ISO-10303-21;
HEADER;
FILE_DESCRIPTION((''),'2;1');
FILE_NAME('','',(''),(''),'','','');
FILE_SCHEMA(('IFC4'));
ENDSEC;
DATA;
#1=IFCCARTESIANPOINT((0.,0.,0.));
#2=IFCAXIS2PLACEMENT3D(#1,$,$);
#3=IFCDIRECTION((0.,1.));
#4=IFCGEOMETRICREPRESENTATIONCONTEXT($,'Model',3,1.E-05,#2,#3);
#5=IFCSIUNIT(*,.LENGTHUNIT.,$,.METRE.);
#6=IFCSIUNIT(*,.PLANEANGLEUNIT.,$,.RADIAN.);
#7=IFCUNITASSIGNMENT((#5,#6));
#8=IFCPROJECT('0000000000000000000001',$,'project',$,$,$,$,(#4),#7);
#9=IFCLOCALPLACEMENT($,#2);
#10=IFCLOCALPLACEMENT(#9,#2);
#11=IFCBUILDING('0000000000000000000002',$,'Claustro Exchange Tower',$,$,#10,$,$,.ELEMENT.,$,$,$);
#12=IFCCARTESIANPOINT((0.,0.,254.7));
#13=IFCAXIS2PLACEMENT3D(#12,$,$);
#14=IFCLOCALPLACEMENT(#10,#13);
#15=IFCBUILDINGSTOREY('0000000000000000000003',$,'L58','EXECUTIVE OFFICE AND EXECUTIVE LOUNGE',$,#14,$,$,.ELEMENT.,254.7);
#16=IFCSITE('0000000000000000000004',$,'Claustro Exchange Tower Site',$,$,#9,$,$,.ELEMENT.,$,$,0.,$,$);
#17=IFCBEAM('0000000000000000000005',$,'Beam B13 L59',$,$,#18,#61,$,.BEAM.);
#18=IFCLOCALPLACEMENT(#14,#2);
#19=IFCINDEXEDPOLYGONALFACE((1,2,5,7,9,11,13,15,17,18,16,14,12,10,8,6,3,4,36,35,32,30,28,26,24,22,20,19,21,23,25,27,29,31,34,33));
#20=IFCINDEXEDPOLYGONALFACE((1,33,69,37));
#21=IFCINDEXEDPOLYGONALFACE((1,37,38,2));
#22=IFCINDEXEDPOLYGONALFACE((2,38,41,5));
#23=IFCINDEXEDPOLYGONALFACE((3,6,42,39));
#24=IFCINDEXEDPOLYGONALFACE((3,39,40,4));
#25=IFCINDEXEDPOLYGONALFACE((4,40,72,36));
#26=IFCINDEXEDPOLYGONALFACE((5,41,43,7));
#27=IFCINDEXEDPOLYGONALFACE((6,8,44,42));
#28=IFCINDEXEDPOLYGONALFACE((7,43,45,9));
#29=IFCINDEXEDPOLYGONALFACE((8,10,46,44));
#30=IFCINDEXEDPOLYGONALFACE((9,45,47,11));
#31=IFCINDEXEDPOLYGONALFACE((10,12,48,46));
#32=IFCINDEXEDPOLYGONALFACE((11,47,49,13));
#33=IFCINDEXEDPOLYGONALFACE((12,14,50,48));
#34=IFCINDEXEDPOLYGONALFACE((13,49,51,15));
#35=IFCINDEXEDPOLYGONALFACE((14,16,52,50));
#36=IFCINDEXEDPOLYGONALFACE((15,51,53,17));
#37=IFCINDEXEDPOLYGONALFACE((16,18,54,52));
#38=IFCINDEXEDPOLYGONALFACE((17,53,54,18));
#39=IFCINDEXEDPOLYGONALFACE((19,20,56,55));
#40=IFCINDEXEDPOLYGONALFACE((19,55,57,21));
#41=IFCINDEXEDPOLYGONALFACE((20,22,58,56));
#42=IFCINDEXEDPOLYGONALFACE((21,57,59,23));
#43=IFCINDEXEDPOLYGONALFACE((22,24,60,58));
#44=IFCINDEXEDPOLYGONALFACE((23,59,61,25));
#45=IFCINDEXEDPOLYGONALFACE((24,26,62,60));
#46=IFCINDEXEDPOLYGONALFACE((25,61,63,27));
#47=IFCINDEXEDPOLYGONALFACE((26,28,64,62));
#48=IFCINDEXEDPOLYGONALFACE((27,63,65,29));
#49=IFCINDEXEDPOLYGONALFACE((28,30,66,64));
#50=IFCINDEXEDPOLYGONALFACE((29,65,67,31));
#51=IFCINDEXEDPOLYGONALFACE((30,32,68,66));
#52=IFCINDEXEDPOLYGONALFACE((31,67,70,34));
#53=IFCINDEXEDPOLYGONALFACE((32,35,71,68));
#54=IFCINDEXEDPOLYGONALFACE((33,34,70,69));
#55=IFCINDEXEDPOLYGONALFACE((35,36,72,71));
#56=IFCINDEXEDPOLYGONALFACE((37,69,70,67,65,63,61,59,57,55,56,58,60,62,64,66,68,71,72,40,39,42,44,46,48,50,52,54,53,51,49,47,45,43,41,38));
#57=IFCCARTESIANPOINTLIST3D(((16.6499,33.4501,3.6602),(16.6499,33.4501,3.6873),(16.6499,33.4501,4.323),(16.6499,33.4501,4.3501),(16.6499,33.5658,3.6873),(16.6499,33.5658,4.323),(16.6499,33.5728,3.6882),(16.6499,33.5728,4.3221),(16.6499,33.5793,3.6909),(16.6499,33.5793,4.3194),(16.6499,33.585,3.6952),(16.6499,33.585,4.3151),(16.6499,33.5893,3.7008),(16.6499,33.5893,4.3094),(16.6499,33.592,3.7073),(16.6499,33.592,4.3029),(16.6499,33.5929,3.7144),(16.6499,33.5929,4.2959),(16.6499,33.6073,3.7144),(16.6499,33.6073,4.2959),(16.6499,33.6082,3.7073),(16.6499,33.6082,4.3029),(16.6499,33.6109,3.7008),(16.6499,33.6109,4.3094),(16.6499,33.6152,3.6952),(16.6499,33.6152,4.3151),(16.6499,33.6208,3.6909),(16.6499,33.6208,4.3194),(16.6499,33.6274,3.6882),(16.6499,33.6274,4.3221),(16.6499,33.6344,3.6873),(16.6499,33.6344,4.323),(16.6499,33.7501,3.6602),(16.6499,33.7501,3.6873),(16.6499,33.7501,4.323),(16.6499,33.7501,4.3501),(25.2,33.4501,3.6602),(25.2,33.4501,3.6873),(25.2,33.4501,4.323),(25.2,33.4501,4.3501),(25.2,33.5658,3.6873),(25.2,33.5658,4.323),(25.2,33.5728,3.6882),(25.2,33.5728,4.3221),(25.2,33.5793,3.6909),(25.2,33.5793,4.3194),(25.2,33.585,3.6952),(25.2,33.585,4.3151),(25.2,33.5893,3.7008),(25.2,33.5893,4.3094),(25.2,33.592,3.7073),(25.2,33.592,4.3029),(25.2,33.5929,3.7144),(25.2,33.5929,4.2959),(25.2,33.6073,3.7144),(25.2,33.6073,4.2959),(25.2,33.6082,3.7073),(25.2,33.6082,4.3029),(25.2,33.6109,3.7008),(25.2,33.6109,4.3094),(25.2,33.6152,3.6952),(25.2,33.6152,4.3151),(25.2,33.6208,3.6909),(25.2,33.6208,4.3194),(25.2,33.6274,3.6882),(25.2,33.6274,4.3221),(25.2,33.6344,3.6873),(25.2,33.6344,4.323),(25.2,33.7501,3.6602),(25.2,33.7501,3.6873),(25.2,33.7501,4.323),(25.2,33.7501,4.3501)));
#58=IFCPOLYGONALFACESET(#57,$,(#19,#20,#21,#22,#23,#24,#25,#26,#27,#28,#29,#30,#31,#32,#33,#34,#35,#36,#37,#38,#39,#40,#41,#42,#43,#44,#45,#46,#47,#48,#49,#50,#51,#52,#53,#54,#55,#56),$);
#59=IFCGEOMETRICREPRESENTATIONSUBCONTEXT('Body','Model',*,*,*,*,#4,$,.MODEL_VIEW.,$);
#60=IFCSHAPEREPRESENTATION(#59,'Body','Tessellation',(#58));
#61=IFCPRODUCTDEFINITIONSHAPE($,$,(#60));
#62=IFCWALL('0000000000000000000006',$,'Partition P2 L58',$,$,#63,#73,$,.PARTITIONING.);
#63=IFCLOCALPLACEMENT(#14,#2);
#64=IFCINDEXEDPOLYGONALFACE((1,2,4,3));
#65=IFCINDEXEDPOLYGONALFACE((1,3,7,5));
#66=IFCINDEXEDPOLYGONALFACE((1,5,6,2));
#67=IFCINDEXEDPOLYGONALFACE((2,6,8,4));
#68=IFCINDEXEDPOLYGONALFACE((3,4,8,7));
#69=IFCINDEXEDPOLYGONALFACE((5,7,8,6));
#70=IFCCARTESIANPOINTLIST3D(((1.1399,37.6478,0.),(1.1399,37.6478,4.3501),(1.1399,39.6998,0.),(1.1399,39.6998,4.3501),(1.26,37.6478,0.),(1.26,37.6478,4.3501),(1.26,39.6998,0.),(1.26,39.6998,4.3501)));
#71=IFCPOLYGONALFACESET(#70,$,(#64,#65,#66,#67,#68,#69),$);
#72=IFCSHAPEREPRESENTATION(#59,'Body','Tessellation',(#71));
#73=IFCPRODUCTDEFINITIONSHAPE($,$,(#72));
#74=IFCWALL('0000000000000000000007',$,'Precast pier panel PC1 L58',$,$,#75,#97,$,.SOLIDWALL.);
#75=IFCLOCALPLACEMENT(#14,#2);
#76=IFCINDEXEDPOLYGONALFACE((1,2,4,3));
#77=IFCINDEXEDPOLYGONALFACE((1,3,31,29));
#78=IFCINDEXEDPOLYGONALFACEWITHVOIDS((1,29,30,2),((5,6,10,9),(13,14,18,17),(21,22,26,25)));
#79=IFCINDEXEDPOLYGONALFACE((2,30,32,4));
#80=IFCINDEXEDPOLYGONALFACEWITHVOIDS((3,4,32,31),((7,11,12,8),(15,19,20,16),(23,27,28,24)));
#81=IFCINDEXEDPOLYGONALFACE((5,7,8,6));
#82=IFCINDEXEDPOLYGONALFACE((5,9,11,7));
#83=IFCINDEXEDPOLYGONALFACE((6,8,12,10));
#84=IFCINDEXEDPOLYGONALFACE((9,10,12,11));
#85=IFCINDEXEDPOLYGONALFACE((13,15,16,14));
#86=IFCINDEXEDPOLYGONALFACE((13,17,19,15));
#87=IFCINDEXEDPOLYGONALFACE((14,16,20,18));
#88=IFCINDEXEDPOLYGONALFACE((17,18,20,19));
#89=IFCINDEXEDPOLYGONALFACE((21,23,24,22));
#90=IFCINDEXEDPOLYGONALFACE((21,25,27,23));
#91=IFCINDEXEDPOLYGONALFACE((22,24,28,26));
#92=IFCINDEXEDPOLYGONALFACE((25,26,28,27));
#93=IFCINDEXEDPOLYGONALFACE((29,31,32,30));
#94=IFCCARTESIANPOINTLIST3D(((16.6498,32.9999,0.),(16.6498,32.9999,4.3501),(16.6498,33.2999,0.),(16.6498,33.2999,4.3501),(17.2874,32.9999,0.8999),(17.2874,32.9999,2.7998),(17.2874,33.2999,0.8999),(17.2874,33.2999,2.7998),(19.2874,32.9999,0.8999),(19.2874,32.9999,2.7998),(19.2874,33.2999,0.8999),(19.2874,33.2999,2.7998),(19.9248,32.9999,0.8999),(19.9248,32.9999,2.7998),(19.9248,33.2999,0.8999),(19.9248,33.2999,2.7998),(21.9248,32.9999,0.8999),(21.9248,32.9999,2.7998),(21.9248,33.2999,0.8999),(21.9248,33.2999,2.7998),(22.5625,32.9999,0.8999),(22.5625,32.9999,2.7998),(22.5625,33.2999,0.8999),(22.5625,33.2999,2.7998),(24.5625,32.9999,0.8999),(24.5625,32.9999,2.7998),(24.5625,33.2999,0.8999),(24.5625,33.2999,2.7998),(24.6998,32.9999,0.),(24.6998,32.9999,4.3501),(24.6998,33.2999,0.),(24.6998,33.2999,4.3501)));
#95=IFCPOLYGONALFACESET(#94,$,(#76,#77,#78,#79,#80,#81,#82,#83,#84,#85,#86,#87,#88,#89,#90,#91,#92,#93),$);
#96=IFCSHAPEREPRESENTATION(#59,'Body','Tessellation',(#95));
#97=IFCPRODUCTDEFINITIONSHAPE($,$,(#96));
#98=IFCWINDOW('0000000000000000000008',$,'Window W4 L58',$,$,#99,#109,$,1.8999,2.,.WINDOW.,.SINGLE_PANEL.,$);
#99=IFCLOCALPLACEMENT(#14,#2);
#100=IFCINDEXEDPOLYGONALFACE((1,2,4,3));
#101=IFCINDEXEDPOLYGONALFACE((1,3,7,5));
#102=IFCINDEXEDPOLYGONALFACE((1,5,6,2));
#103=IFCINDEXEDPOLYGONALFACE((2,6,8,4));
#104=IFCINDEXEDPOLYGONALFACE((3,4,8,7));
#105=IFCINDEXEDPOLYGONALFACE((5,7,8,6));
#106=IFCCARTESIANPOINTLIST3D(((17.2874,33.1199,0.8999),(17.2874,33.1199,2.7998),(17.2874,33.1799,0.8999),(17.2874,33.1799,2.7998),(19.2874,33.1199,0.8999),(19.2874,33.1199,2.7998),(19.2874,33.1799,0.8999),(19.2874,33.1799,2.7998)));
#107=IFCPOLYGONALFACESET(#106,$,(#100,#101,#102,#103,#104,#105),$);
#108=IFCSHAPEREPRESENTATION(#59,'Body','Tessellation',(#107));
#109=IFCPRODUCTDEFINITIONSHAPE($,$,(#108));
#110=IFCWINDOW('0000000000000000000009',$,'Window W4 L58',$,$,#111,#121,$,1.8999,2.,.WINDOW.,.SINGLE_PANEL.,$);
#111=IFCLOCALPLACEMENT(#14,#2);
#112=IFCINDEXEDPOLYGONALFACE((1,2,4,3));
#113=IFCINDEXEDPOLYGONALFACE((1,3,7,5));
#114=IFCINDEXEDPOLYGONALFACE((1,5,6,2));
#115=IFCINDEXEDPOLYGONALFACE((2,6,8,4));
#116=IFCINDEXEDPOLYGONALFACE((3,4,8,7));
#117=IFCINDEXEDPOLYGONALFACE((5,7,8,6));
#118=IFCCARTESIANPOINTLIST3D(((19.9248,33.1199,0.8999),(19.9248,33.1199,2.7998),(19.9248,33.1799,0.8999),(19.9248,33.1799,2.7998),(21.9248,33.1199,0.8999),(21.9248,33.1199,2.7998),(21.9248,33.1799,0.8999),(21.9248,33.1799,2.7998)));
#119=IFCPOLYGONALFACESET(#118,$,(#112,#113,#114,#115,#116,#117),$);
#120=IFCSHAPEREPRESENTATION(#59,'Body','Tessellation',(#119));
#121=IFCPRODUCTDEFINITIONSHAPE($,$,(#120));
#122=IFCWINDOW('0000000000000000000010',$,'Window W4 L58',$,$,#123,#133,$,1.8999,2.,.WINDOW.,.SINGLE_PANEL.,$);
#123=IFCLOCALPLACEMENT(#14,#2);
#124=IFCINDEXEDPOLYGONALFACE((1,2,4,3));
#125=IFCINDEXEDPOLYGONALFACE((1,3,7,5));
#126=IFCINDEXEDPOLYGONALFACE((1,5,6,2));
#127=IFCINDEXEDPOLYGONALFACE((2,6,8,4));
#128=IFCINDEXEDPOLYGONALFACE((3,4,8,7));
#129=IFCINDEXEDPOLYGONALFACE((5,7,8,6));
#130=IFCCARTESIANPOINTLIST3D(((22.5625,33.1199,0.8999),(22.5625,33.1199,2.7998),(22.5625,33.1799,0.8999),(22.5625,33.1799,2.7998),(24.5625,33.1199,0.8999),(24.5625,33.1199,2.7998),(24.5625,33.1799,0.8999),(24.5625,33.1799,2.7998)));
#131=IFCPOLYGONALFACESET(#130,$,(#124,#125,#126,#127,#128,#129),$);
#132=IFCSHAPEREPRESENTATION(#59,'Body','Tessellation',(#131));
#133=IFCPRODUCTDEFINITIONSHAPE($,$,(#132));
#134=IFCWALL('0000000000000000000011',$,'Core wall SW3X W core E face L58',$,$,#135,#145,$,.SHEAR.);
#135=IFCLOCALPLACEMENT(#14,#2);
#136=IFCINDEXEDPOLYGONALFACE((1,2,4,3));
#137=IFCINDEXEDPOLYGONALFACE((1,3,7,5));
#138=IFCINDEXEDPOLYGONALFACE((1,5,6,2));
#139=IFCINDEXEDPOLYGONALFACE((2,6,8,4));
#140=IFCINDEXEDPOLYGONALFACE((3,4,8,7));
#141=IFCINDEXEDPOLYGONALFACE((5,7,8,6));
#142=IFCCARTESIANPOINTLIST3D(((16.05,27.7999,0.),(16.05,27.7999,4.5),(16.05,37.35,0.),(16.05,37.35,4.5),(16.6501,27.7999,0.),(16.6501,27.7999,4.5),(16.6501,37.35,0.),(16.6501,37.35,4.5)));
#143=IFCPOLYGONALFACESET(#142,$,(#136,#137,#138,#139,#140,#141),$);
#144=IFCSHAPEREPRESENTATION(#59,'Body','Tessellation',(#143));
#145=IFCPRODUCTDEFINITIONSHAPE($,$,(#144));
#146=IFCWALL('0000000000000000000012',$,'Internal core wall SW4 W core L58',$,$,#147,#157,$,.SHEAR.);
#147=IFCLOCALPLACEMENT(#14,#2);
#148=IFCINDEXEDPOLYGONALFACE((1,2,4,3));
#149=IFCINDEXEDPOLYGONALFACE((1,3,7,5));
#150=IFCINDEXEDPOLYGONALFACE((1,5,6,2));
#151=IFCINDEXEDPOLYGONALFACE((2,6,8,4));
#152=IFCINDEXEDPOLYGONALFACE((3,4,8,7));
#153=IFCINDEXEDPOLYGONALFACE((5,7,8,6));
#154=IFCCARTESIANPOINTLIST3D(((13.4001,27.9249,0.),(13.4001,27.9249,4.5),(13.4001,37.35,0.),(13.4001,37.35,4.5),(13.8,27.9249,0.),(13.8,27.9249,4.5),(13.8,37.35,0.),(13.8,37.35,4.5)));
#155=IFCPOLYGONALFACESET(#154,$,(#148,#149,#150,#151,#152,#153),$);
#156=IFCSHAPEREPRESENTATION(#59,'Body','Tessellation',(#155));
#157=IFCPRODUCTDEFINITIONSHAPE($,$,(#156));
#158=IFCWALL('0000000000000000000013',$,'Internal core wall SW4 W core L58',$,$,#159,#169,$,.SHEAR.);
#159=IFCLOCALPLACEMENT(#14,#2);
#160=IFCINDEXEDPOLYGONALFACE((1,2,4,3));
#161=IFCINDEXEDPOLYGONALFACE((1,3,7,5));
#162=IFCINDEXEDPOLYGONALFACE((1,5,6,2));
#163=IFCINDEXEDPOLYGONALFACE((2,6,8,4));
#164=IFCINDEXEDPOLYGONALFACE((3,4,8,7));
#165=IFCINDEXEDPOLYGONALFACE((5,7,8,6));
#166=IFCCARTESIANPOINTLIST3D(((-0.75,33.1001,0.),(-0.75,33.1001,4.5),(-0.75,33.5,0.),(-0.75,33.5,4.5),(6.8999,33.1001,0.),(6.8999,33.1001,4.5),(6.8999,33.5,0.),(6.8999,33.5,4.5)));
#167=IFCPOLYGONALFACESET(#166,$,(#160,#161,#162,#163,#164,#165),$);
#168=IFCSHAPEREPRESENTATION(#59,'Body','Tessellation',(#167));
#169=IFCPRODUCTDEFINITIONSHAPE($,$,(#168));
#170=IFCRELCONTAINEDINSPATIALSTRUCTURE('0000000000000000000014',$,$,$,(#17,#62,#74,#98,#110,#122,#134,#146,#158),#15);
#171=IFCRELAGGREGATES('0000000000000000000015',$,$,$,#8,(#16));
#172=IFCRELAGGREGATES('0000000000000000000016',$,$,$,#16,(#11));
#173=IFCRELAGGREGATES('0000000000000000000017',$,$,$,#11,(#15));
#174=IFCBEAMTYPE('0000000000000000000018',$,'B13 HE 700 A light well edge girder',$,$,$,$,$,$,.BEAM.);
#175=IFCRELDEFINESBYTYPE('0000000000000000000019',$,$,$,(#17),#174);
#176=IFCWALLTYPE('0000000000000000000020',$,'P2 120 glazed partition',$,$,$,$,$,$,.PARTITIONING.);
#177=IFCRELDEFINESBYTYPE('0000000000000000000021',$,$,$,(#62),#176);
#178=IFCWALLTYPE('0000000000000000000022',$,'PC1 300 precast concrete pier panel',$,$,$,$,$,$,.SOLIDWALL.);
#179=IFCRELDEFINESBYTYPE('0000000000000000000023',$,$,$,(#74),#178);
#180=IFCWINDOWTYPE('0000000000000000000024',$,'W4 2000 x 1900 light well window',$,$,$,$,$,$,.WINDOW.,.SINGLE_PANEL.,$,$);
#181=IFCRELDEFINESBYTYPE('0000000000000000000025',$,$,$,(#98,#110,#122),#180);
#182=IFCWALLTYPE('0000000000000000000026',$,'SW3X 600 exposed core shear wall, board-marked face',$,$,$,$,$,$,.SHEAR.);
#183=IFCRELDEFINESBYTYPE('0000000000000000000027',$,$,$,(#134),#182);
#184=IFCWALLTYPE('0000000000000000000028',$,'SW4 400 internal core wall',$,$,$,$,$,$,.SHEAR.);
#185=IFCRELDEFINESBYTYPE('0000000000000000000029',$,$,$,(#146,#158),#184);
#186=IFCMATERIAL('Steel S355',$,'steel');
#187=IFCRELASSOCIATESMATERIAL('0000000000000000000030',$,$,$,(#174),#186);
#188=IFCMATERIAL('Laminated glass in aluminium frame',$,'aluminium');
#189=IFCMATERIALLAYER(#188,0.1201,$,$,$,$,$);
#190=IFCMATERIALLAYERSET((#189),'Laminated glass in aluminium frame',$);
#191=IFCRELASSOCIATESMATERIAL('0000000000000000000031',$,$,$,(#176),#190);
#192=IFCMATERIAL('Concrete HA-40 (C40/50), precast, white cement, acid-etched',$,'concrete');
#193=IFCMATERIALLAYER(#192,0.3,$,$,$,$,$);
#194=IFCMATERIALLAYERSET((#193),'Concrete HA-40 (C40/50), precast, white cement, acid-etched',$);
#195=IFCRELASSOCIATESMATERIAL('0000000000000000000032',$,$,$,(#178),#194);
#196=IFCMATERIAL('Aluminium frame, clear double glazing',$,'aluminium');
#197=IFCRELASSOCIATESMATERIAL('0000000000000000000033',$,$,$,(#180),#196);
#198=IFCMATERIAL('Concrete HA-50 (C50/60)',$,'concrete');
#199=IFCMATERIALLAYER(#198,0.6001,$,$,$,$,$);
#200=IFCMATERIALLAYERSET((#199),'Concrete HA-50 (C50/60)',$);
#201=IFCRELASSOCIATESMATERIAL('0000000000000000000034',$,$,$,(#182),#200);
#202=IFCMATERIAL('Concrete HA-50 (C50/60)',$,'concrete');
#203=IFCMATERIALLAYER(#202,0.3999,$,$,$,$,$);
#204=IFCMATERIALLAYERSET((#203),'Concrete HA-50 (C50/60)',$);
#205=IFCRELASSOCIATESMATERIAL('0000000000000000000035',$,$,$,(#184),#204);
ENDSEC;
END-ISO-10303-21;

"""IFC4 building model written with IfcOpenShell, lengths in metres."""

from ifc_helpers import new_model, si_unit, direction, frame, frame_2d, origin, origin_2d, place, context, subcontext, project, spatial, rectangle, i_section, extrude, material, layer, layer_set, material_profile, profile_set, type_object, element, fill, save


model = new_model("IFC4")

# Units and contexts
model_context = context("Model", 3, precision=1e-05, world=origin(), true_north=direction((0.0, 1.0)))
body_context = subcontext(model_context, "Body", "Model", "MODEL_VIEW")
ifc_project = project(units=[si_unit("LENGTHUNIT", "METRE"), si_unit("PLANEANGLEUNIT", "RADIAN")], contexts=[model_context])

# Site, building, storey
site_placement = place(None, origin())
site = spatial("IfcSite", under=ifc_project, at=site_placement, Name="Claustro Exchange Tower Site", CompositionType="ELEMENT", RefElevation=0.0)
building_placement = place(site_placement, origin())
building = spatial("IfcBuilding", under=site, at=building_placement, Name="Claustro Exchange Tower", CompositionType="ELEMENT")
storey_placement = place(building_placement, frame((0.0, 0.0, 254.7)))
storey = spatial("IfcBuildingStorey", under=building, at=storey_placement, Name="L58", Description="EXECUTIVE OFFICE AND EXECUTIVE LOUNGE", CompositionType="ELEMENT", Elevation=254.7)

# Beam
ifc_material_1 = material(Name="Steel S355", Category="steel")
ifc_material_profile = material_profile(ifc_material_1, i_section(OverallWidth=0.3, OverallDepth=0.6899, WebThickness=0.0144, FlangeThickness=0.0271, FilletRadius=0.0271, at=origin_2d()), Name="HE 700 A")
ifc_profile_set = profile_set([ifc_material_profile], Name="Steel S355")
beam_type = type_object("IfcBeamType", Name="B13 HE 700 A light well edge girder", PredefinedType="BEAM", material=ifc_profile_set)
beam_placement = place(storey_placement, frame((16.6499, 33.6001, 4.0051), z_axis=(1.0, 0.0, 0.0), x_axis=(0.0, 1.0, 0.0)))
element("IfcBeam", 1, at=beam_placement, inside=storey, type_object=beam_type, Name="Beam B13 L59", PredefinedType="BEAM", context=body_context, shape_type="SweptSolid", body=[
    extrude(i_section(OverallWidth=0.3, OverallDepth=0.6899, WebThickness=0.0144, FlangeThickness=0.0271, FilletRadius=0.0271, at=origin_2d()), origin(), (0.0, 0.0, 1.0), 8.55),
])

# Wall
ifc_material_2 = material(Name="Laminated glass in aluminium frame", Category="aluminium")
ifc_layer_1 = layer(ifc_material_2, 0.1201)
ifc_layer_set_1 = layer_set([ifc_layer_1], Name="Laminated glass in aluminium frame")
wall_type_1 = type_object("IfcWallType", Name="P2 120 glazed partition", PredefinedType="PARTITIONING", material=ifc_layer_set_1)
wall_1_placement = place(storey_placement, frame((1.2, 37.6479, 0.0), z_axis=(0.0, 0.0, 1.0), x_axis=(0.0, 1.0, 0.0)))
element("IfcWall", 2, at=wall_1_placement, inside=storey, type_object=wall_type_1, Name="Partition P2 L58", PredefinedType="PARTITIONING", context=body_context, shape_type="SweptSolid", body=[
    extrude(rectangle(XDim=2.052, YDim=0.1201, at=frame_2d((1.0259, 0.0))), origin(), (0.0, 0.0, 1.0), 4.3501),
])

# Wall, openings, windows
ifc_material_3 = material(Name="Concrete HA-40 (C40/50), precast, white cement, acid-etched", Category="concrete")
ifc_layer_2 = layer(ifc_material_3, 0.3)
ifc_layer_set_2 = layer_set([ifc_layer_2], Name="Concrete HA-40 (C40/50), precast, white cement, acid-etched")
wall_type_2 = type_object("IfcWallType", Name="PC1 300 precast concrete pier panel", PredefinedType="SOLIDWALL", material=ifc_layer_set_2)
wall_2_placement = place(storey_placement, frame((16.6499, 33.1499, 0.0), z_axis=(0.0, 0.0, 1.0), x_axis=(1.0, 0.0, 0.0)))
wall_2 = element("IfcWall", 3, at=wall_2_placement, inside=storey, type_object=wall_type_2, Name="Precast pier panel PC1 L58", PredefinedType="SOLIDWALL", context=body_context, shape_type="SweptSolid", body=[
    extrude(rectangle(XDim=8.05, YDim=0.3, at=frame_2d((4.0249, 0.0))), origin(), (0.0, 0.0, 1.0), 4.3501),
])
opening_1_placement = place(wall_2_placement, frame((0.6375, 0.0, 0.8999)))
opening_1 = element("IfcOpeningElement", 4, at=opening_1_placement, cuts=wall_2, PredefinedType="OPENING", context=body_context, shape_type="SweptSolid", body=[
    extrude(rectangle(XDim=2.0, YDim=1.8999, at=frame_2d((1.0, 0.95))), frame((0.0, 0.1599, 0.0), z_axis=(0.0, -1.0, 0.0), x_axis=(1.0, 0.0, 0.0)), (0.0, 0.0, 1.0), 0.3201),
])
opening_2_placement = place(wall_2_placement, frame((3.2749, 0.0, 0.8999)))
opening_2 = element("IfcOpeningElement", 5, at=opening_2_placement, cuts=wall_2, PredefinedType="OPENING", context=body_context, shape_type="SweptSolid", body=[
    extrude(rectangle(XDim=2.0, YDim=1.8999, at=frame_2d((1.0, 0.95))), frame((0.0, 0.1599, 0.0), z_axis=(0.0, -1.0, 0.0), x_axis=(1.0, 0.0, 0.0)), (0.0, 0.0, 1.0), 0.3201),
])
opening_3_placement = place(wall_2_placement, frame((5.9126, 0.0, 0.8999)))
opening_3 = element("IfcOpeningElement", 6, at=opening_3_placement, cuts=wall_2, PredefinedType="OPENING", context=body_context, shape_type="SweptSolid", body=[
    extrude(rectangle(XDim=2.0, YDim=1.8999, at=frame_2d((1.0, 0.95))), frame((0.0, 0.1599, 0.0), z_axis=(0.0, -1.0, 0.0), x_axis=(1.0, 0.0, 0.0)), (0.0, 0.0, 1.0), 0.3201),
])
ifc_material_4 = material(Name="Aluminium frame, clear double glazing", Category="aluminium")
window_type = type_object("IfcWindowType", Name="W4 2000 x 1900 light well window", PartitioningType="SINGLE_PANEL", PredefinedType="WINDOW", material=ifc_material_4)
window_1_placement = place(opening_1_placement, origin())
window_1 = element("IfcWindow", 7, at=window_1_placement, inside=storey, type_object=window_type, Name="Window W4 L58", OverallHeight=1.8999, OverallWidth=2.0, PartitioningType="SINGLE_PANEL", PredefinedType="WINDOW", context=body_context, shape_type="SweptSolid", body=[
    extrude(rectangle(XDim=2.0, YDim=1.8999, at=frame_2d((1.0, 0.95))), frame((0.0, 0.03, 0.0), z_axis=(0.0, -1.0, 0.0), x_axis=(1.0, 0.0, 0.0)), (0.0, 0.0, 1.0), 0.0601),
])
fill(opening_1, window_1)
window_2_placement = place(opening_2_placement, origin())
window_2 = element("IfcWindow", 8, at=window_2_placement, inside=storey, type_object=window_type, Name="Window W4 L58", OverallHeight=1.8999, OverallWidth=2.0, PartitioningType="SINGLE_PANEL", PredefinedType="WINDOW", context=body_context, shape_type="SweptSolid", body=[
    extrude(rectangle(XDim=2.0, YDim=1.8999, at=frame_2d((1.0, 0.95))), frame((0.0, 0.03, 0.0), z_axis=(0.0, -1.0, 0.0), x_axis=(1.0, 0.0, 0.0)), (0.0, 0.0, 1.0), 0.0601),
])
fill(opening_2, window_2)
window_3_placement = place(opening_3_placement, origin())
window_3 = element("IfcWindow", 9, at=window_3_placement, inside=storey, type_object=window_type, Name="Window W4 L58", OverallHeight=1.8999, OverallWidth=2.0, PartitioningType="SINGLE_PANEL", PredefinedType="WINDOW", context=body_context, shape_type="SweptSolid", body=[
    extrude(rectangle(XDim=2.0, YDim=1.8999, at=frame_2d((1.0, 0.95))), frame((0.0, 0.03, 0.0), z_axis=(0.0, -1.0, 0.0), x_axis=(1.0, 0.0, 0.0)), (0.0, 0.0, 1.0), 0.0601),
])
fill(opening_3, window_3)

# Walls
ifc_material_5 = material(Name="Concrete HA-50 (C50/60)", Category="concrete")
ifc_layer_3 = layer(ifc_material_5, 0.6001)
ifc_layer_set_3 = layer_set([ifc_layer_3], Name="Concrete HA-50 (C50/60)")
wall_type_3 = type_object("IfcWallType", Name="SW3X 600 exposed core shear wall, board-marked face", PredefinedType="SHEAR", material=ifc_layer_set_3)
wall_3_placement = place(storey_placement, frame((16.3501, 27.8, 0.0), z_axis=(0.0, 0.0, 1.0), x_axis=(0.0, 1.0, 0.0)))
element("IfcWall", 10, at=wall_3_placement, inside=storey, type_object=wall_type_3, Name="Core wall SW3X W core E face L58", PredefinedType="SHEAR", context=body_context, shape_type="SweptSolid", body=[
    extrude(rectangle(XDim=9.55, YDim=0.6001, at=frame_2d((4.7749, 0.0))), origin(), (0.0, 0.0, 1.0), 4.5),
])
ifc_material_6 = material(Name="Concrete HA-50 (C50/60)", Category="concrete")
ifc_layer_4 = layer(ifc_material_6, 0.3999)
ifc_layer_set_4 = layer_set([ifc_layer_4], Name="Concrete HA-50 (C50/60)")
wall_type_4 = type_object("IfcWallType", Name="SW4 400 internal core wall", PredefinedType="SHEAR", material=ifc_layer_set_4)
wall_4_placement = place(storey_placement, frame((13.6001, 27.925, 0.0), z_axis=(0.0, 0.0, 1.0), x_axis=(0.0, 1.0, 0.0)))
element("IfcWall", 11, at=wall_4_placement, inside=storey, type_object=wall_type_4, Name="Internal core wall SW4 W core L58", PredefinedType="SHEAR", context=body_context, shape_type="SweptSolid", body=[
    extrude(rectangle(XDim=9.425, YDim=0.3999, at=frame_2d((4.7124, 0.0))), origin(), (0.0, 0.0, 1.0), 4.5),
])
wall_5_placement = place(storey_placement, frame((-0.75, 33.3, 0.0), z_axis=(0.0, 0.0, 1.0), x_axis=(1.0, 0.0, 0.0)))
element("IfcWall", 12, at=wall_5_placement, inside=storey, type_object=wall_type_4, Name="Internal core wall SW4 W core L58", PredefinedType="SHEAR", context=body_context, shape_type="SweptSolid", body=[
    extrude(rectangle(XDim=7.6499, YDim=0.3999, at=frame_2d((3.825, 0.0))), origin(), (0.0, 0.0, 1.0), 4.5),
])

save(model, "model.ifc")
